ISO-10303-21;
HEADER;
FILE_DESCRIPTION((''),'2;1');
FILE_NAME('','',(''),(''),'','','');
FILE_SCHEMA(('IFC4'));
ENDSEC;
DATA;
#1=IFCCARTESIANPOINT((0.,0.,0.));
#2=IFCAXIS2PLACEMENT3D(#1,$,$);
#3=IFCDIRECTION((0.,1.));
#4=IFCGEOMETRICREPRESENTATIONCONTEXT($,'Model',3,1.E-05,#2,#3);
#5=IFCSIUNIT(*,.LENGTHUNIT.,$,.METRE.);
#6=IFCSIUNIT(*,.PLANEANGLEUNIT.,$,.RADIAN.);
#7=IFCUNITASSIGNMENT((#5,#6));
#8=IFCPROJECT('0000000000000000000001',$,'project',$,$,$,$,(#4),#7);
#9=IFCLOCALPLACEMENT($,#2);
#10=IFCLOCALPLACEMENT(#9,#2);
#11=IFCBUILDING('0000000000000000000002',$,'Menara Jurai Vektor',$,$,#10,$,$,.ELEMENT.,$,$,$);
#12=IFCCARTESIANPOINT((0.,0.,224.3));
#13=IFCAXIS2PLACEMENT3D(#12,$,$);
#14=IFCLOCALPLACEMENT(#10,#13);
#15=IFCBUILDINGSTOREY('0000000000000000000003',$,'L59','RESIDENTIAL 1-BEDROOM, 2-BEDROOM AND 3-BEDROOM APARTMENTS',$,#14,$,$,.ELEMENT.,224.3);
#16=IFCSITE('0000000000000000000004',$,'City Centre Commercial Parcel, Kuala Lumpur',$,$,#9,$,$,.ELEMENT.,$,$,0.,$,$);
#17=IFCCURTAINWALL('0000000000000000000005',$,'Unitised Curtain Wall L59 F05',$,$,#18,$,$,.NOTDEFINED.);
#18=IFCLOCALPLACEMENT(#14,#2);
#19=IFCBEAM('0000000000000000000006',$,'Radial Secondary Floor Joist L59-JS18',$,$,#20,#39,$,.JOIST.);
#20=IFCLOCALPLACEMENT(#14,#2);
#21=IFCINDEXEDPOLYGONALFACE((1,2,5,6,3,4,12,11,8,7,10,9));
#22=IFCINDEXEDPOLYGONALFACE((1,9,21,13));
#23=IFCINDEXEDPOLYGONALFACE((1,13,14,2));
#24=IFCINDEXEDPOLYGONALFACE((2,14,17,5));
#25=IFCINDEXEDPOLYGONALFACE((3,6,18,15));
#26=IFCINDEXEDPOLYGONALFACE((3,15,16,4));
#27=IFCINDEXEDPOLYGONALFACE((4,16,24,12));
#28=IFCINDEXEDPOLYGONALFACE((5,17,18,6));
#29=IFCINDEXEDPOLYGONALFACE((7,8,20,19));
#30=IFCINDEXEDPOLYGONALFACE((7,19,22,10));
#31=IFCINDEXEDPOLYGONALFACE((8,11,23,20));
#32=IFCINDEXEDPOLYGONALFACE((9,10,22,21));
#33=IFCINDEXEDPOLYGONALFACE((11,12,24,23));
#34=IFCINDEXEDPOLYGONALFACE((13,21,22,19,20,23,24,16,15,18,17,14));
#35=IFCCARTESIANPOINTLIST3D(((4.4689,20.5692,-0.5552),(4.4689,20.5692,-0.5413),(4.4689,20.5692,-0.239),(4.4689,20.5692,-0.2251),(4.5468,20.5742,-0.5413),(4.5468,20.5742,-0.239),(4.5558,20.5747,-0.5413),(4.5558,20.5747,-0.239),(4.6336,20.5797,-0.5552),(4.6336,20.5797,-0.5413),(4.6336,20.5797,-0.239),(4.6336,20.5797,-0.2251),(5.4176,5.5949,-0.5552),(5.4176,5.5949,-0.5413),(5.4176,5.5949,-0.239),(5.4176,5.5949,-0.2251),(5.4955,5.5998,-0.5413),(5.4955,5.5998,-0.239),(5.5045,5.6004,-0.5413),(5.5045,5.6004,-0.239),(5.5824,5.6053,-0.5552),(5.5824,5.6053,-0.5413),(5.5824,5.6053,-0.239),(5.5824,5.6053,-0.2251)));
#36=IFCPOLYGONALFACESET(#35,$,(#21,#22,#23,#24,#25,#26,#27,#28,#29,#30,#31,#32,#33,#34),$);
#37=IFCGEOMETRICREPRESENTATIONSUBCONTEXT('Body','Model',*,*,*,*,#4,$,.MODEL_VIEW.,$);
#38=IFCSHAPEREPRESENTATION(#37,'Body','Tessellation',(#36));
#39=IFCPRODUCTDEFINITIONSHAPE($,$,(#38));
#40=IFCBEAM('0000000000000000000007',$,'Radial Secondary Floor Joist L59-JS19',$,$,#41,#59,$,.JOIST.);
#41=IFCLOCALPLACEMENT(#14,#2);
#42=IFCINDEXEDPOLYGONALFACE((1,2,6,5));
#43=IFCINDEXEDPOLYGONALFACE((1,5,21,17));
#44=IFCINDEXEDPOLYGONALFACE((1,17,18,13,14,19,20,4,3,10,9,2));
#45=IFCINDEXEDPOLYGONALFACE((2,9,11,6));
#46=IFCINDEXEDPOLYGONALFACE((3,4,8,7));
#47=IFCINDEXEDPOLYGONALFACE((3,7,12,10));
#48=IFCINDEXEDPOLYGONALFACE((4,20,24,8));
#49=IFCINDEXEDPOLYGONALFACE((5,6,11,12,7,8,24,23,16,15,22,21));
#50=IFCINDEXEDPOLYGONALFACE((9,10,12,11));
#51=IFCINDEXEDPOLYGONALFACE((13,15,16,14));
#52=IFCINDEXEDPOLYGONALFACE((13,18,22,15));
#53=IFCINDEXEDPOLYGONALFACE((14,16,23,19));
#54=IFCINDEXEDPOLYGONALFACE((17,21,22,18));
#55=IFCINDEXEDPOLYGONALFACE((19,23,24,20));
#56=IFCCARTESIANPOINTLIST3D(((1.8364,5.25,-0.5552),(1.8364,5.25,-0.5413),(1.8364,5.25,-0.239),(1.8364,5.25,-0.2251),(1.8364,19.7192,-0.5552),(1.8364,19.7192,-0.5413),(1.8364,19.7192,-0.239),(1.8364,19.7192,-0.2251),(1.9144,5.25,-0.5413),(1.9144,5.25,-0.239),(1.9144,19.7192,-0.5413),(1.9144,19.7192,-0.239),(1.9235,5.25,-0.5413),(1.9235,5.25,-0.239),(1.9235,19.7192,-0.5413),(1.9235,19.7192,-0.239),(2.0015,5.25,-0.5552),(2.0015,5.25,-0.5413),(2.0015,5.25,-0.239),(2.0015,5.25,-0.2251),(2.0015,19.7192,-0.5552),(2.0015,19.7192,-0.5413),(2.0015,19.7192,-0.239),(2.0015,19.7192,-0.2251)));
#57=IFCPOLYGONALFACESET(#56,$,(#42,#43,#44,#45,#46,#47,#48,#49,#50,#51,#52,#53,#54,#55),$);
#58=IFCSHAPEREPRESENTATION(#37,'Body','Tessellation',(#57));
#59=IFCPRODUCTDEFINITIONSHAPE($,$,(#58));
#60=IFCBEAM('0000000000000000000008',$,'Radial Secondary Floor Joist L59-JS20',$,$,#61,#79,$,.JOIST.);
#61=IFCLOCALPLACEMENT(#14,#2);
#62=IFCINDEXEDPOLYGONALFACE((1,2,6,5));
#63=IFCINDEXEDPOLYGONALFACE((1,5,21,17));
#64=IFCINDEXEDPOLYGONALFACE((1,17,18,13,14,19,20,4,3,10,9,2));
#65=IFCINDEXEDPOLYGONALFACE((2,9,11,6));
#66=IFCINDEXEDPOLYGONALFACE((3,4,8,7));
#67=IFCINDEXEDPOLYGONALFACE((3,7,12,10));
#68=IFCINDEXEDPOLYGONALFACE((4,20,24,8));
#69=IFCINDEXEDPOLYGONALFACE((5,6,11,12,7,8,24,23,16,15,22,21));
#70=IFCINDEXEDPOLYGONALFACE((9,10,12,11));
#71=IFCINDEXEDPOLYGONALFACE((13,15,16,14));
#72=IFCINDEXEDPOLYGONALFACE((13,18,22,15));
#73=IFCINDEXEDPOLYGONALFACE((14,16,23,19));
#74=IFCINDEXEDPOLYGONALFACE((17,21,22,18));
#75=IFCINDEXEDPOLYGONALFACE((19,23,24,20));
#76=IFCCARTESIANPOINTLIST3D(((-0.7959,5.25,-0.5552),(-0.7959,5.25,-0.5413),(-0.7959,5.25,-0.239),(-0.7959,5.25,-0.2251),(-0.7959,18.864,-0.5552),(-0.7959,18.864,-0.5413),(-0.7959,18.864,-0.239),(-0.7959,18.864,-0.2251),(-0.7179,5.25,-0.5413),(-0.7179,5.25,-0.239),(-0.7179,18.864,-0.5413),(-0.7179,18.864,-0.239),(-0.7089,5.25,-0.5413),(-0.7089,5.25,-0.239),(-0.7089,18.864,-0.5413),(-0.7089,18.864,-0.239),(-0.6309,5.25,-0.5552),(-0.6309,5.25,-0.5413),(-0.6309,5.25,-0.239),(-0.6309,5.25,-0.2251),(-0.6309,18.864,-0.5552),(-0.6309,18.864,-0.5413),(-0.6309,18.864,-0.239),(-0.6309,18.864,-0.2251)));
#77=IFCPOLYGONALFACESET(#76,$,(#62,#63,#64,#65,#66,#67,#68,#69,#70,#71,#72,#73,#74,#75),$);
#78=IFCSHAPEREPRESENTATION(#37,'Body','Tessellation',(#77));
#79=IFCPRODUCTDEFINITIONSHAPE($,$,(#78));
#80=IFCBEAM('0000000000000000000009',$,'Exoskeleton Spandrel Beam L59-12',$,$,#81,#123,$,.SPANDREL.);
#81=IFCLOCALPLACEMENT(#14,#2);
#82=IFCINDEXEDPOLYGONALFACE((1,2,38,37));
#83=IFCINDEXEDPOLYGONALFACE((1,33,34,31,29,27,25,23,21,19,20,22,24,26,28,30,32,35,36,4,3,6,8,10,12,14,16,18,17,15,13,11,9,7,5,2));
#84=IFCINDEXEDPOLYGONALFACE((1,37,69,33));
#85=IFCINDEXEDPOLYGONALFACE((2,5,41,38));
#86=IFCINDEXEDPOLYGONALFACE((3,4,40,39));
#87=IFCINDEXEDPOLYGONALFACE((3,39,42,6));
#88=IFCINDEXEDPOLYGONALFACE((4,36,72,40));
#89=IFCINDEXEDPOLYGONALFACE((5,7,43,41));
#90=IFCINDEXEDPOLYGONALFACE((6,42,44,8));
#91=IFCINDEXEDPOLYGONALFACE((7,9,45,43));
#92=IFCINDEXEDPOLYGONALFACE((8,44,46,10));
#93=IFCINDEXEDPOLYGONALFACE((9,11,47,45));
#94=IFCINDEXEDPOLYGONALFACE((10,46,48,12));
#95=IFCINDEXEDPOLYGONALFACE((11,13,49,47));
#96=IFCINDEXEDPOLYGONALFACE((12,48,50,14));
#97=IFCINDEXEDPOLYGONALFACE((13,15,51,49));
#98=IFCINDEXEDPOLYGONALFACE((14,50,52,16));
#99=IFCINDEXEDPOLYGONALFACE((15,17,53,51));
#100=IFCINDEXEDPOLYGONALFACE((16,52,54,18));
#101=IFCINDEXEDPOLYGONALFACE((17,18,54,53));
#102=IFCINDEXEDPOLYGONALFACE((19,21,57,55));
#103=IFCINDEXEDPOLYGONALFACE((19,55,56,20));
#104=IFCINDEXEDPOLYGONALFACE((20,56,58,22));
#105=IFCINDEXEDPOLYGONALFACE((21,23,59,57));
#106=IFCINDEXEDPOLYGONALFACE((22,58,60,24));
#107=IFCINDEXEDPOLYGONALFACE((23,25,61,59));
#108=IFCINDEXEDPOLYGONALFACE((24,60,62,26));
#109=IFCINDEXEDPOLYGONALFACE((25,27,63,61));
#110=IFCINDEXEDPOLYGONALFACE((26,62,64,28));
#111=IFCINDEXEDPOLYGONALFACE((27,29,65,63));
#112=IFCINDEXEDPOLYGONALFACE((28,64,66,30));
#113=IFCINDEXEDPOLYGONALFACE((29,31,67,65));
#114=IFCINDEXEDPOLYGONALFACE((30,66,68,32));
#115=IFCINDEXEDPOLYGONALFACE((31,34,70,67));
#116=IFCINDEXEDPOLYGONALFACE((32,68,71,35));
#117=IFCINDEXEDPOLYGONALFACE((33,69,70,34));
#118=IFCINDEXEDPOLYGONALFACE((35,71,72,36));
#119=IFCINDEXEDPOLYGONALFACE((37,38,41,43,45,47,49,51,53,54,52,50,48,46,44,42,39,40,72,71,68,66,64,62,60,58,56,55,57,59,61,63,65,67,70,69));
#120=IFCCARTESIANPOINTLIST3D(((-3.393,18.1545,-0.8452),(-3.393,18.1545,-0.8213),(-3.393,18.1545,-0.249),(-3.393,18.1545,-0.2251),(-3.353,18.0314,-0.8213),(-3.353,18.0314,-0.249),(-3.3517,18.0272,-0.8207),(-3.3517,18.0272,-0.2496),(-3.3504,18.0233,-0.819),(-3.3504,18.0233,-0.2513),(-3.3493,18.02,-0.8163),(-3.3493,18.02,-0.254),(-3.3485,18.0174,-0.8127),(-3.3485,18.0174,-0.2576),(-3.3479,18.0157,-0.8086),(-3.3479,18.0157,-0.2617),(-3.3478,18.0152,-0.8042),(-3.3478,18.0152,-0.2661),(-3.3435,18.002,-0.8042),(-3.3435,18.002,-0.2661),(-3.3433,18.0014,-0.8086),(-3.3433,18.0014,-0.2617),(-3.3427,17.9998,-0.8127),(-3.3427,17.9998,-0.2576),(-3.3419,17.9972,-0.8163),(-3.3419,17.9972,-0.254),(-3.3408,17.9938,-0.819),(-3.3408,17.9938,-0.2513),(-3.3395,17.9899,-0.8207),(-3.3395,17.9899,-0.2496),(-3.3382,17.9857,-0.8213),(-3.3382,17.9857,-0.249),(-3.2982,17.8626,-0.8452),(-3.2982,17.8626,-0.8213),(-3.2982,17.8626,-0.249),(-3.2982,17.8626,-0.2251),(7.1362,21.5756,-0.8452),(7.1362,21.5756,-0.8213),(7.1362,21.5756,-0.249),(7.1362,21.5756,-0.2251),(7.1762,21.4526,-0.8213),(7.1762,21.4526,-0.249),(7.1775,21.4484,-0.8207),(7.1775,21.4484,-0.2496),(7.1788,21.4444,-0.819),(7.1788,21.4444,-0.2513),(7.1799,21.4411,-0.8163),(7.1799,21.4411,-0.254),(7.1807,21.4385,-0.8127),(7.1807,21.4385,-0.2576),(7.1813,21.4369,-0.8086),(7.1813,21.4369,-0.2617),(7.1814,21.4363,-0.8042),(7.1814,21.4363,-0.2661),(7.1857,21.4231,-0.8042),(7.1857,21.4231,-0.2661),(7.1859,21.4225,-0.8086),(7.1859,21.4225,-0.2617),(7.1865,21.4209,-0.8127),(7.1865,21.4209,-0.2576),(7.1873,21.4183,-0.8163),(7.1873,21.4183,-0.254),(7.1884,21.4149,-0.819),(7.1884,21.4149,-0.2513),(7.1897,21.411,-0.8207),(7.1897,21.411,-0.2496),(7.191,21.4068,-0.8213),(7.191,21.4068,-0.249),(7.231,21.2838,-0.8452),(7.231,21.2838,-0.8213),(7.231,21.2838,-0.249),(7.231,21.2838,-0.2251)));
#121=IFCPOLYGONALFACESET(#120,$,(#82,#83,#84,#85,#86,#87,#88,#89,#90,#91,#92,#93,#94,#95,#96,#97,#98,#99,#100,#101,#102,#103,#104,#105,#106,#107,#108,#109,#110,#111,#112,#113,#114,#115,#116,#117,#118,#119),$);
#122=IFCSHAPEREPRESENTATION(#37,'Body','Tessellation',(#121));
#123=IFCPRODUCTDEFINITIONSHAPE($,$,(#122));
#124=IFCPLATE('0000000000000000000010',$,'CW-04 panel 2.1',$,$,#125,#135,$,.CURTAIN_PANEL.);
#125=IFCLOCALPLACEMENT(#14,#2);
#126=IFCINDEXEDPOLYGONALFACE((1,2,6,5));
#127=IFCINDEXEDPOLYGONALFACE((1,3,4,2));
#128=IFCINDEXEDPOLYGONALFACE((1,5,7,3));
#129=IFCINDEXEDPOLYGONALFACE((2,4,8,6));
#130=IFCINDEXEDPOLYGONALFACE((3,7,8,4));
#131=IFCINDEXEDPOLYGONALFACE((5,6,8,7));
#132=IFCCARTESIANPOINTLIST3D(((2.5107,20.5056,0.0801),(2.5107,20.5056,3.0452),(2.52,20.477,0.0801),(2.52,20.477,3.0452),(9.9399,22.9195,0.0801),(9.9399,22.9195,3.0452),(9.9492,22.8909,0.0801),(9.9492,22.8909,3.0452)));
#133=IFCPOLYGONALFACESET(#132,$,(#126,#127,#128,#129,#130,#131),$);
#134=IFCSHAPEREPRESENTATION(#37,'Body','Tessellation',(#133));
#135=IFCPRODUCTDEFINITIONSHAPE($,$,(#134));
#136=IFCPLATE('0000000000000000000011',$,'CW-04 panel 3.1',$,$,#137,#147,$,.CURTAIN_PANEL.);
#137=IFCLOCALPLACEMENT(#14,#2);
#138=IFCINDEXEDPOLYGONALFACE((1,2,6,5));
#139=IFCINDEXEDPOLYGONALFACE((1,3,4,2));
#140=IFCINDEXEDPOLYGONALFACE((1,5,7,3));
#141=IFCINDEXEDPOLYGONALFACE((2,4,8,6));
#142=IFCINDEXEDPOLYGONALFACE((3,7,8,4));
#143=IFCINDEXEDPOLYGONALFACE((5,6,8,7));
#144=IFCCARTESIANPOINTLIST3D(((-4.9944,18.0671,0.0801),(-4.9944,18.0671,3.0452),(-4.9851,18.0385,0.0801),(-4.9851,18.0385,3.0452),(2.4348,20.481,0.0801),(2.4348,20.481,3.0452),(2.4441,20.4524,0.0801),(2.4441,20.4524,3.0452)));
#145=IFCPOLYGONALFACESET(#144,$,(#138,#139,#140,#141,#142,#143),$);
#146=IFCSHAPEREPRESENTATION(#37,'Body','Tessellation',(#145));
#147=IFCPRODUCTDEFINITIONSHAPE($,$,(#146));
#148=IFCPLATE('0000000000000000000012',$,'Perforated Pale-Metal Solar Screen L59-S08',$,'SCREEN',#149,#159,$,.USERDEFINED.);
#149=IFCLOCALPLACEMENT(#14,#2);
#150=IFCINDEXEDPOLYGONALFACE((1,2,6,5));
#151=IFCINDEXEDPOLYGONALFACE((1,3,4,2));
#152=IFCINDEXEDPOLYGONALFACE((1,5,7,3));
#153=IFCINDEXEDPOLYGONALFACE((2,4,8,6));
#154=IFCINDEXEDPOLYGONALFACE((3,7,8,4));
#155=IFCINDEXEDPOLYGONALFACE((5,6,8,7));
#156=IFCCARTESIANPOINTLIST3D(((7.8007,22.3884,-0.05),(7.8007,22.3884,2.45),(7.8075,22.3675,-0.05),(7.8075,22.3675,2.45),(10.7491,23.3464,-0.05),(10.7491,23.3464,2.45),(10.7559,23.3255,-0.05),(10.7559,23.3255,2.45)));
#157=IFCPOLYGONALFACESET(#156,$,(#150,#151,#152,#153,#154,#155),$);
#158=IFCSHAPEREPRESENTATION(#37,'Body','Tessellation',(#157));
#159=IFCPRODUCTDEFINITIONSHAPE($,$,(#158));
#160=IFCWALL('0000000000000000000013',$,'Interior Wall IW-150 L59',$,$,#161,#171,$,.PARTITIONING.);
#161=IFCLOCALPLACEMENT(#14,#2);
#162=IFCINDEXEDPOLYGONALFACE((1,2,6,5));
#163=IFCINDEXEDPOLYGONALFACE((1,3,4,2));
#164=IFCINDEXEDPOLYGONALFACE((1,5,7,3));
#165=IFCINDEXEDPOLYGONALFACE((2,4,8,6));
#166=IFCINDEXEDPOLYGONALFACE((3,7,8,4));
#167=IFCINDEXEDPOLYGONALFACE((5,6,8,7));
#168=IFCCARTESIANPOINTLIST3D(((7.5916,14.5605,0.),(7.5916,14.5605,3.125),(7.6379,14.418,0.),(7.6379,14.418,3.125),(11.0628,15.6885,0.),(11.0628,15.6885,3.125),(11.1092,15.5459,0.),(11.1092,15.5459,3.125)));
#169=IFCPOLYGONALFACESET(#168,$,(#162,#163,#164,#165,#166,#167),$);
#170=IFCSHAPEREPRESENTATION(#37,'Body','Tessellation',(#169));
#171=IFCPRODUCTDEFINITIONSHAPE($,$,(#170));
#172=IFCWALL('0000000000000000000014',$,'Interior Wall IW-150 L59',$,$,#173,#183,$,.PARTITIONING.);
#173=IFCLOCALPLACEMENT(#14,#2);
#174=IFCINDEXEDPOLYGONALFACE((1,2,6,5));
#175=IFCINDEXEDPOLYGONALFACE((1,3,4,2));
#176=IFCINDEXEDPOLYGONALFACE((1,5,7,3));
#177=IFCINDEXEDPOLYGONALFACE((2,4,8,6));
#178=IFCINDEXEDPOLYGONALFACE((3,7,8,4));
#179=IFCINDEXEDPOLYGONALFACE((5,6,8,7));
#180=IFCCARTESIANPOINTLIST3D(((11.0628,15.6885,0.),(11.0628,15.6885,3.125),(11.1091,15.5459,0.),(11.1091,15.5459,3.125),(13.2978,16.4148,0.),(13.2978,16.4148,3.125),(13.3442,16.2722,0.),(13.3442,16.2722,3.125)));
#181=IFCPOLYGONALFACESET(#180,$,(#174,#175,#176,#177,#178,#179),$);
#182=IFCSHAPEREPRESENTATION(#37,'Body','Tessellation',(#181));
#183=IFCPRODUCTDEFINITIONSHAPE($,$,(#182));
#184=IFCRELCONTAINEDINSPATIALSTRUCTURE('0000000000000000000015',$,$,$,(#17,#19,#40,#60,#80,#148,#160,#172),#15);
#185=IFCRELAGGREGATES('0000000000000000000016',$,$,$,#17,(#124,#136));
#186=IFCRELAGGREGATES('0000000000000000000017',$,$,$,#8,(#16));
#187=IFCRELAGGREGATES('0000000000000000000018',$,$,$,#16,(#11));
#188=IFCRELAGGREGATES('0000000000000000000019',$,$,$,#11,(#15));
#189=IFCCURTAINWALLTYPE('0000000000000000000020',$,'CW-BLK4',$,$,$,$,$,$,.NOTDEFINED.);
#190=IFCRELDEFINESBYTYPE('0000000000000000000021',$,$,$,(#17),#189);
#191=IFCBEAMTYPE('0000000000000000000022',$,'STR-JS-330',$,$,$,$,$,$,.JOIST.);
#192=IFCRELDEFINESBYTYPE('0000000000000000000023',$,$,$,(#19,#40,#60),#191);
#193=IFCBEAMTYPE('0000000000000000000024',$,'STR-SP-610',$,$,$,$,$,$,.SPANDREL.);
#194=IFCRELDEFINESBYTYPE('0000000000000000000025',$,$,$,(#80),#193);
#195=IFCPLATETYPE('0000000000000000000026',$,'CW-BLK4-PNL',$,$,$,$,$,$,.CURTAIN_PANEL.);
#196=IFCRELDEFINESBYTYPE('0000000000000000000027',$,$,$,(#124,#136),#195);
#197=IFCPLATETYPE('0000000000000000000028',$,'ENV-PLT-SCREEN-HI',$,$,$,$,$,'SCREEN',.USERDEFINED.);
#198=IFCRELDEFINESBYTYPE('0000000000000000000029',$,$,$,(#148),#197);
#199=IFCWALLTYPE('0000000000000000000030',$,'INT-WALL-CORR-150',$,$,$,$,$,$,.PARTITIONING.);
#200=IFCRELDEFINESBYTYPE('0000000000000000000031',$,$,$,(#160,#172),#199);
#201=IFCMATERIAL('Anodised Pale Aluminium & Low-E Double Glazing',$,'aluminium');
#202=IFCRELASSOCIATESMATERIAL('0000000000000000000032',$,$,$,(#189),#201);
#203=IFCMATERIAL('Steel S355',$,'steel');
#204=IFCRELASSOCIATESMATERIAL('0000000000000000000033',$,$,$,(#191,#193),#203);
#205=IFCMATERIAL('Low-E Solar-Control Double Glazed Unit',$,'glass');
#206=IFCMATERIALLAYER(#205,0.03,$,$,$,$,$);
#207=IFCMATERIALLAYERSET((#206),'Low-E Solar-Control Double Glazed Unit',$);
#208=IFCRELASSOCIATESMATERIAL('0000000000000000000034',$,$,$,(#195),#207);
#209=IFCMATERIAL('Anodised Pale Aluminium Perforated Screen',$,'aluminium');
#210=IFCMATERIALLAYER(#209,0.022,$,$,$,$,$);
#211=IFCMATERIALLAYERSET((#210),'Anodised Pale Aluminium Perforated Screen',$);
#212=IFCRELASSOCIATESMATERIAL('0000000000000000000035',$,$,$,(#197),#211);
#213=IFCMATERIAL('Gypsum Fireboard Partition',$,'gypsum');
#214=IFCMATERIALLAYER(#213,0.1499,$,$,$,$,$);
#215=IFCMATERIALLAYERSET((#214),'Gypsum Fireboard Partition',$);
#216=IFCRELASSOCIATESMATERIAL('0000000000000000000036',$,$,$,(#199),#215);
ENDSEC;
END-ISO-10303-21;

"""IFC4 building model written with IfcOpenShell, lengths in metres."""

from ifc_helpers import new_model, si_unit, direction, frame, frame_2d, origin, origin_2d, place, context, subcontext, project, spatial, rectangle, i_section, extrude, material, layer, layer_set, material_profile, profile_set, type_object, element, aggregate, save


model = new_model("IFC4")

# Units and contexts
model_context = context("Model", 3, precision=1e-05, world=origin(), true_north=direction((0.0, 1.0)))
body_context = subcontext(model_context, "Body", "Model", "MODEL_VIEW")
ifc_project = project(units=[si_unit("LENGTHUNIT", "METRE"), si_unit("PLANEANGLEUNIT", "RADIAN")], contexts=[model_context])

# Site, building, storey
site_placement = place(None, origin())
site = spatial("IfcSite", under=ifc_project, at=site_placement, Name="City Centre Commercial Parcel, Kuala Lumpur", CompositionType="ELEMENT", RefElevation=0.0)
building_placement = place(site_placement, origin())
building = spatial("IfcBuilding", under=site, at=building_placement, Name="Menara Jurai Vektor", CompositionType="ELEMENT")
storey_placement = place(building_placement, frame((0.0, 0.0, 224.3)))
storey = spatial("IfcBuildingStorey", under=building, at=storey_placement, Name="L59", Description="RESIDENTIAL 1-BEDROOM, 2-BEDROOM AND 3-BEDROOM APARTMENTS", CompositionType="ELEMENT", Elevation=224.3)

# Curtain wall
ifc_material_1 = material(Name="Anodised Pale Aluminium & Low-E Double Glazing", Category="aluminium")
curtain_wall_type = type_object("IfcCurtainWallType", Name="CW-BLK4", PredefinedType="NOTDEFINED", material=ifc_material_1)
curtain_wall_placement = place(storey_placement, origin())
curtain_wall = element("IfcCurtainWall", 1, at=curtain_wall_placement, inside=storey, type_object=curtain_wall_type, Name="Unitised Curtain Wall L59 F05", PredefinedType="NOTDEFINED")

# Beams
ifc_material_2 = material(Name="Steel S355", Category="steel")
ifc_material_profile_1 = material_profile(ifc_material_2, i_section(OverallWidth=0.165, OverallDepth=0.3301, WebThickness=0.009, FlangeThickness=0.0139, at=origin_2d()), Name="PG 330x165x46")
ifc_profile_set_1 = profile_set([ifc_material_profile_1], Name="Steel S355")
beam_type_1 = type_object("IfcBeamType", Name="STR-JS-330", PredefinedType="JOIST", material=ifc_profile_set_1)
beam_1_placement = place(storey_placement, frame((4.5513, 20.5745, -0.3901), z_axis=(0.06323, -0.997999, 0.0), x_axis=(0.997999, 0.06323, 0.0)))
element("IfcBeam", 2, at=beam_1_placement, inside=storey, type_object=beam_type_1, Name="Radial Secondary Floor Joist L59-JS18", PredefinedType="JOIST", context=body_context, shape_type="SweptSolid", body=[
    extrude(i_section(OverallWidth=0.165, OverallDepth=0.3301, WebThickness=0.009, FlangeThickness=0.0139, at=origin_2d()), origin(), (0.0, 0.0, 1.0), 15.0044),
])
beam_2_placement = place(storey_placement, frame((1.9189, 19.7192, -0.3901), z_axis=(0.0, -1.0, 0.0), x_axis=(1.0, 0.0, 0.0)))
element("IfcBeam", 3, at=beam_2_placement, inside=storey, type_object=beam_type_1, Name="Radial Secondary Floor Joist L59-JS19", PredefinedType="JOIST", context=body_context, shape_type="SweptSolid", body=[
    extrude(i_section(OverallWidth=0.165, OverallDepth=0.3301, WebThickness=0.009, FlangeThickness=0.0139, at=origin_2d()), origin(), (0.0, 0.0, 1.0), 14.4692),
])
beam_3_placement = place(storey_placement, frame((-0.7134, 18.864, -0.3901), z_axis=(0.0, -1.0, 0.0), x_axis=(1.0, 0.0, 0.0)))
element("IfcBeam", 4, at=beam_3_placement, inside=storey, type_object=beam_type_1, Name="Radial Secondary Floor Joist L59-JS20", PredefinedType="JOIST", context=body_context, shape_type="SweptSolid", body=[
    extrude(i_section(OverallWidth=0.165, OverallDepth=0.3301, WebThickness=0.009, FlangeThickness=0.0139, at=origin_2d()), origin(), (0.0, 0.0, 1.0), 13.614),
])
ifc_material_profile_2 = material_profile(ifc_material_2, i_section(OverallWidth=0.3069, OverallDepth=0.6201, WebThickness=0.0139, FlangeThickness=0.0239, FilletRadius=0.0171, at=origin_2d()), Name="UKB 610x305x179")
ifc_profile_set_2 = profile_set([ifc_material_profile_2], Name="Steel S355")
beam_type_2 = type_object("IfcBeamType", Name="STR-SP-610", PredefinedType="SPANDREL", material=ifc_profile_set_2)
beam_4_placement = place(storey_placement, frame((7.1836, 21.4297, -0.5352), z_axis=(-0.951057, -0.309014, 0.0), x_axis=(0.309014, -0.951057, 0.0)))
element("IfcBeam", 5, at=beam_4_placement, inside=storey, type_object=beam_type_2, Name="Exoskeleton Spandrel Beam L59-12", PredefinedType="SPANDREL", context=body_context, shape_type="SweptSolid", body=[
    extrude(i_section(OverallWidth=0.3069, OverallDepth=0.6201, WebThickness=0.0139, FlangeThickness=0.0239, FilletRadius=0.0171, at=origin_2d()), origin(), (0.0, 0.0, 1.0), 11.071),
])

# Plates
ifc_material_3 = material(Name="Low-E Solar-Control Double Glazed Unit", Category="glass")
ifc_layer_1 = layer(ifc_material_3, 0.03)
ifc_layer_set_1 = layer_set([ifc_layer_1], Name="Low-E Solar-Control Double Glazed Unit")
plate_type_1 = type_object("IfcPlateType", Name="CW-BLK4-PNL", PredefinedType="CURTAIN_PANEL", material=ifc_layer_set_1)
plate_1_placement = place(storey_placement, frame((6.23, 21.6982, 0.0801), z_axis=(0.0, 0.0, 1.0), x_axis=(-0.951056, -0.309017, 0.0)))
plate_1 = element("IfcPlate", 6, at=plate_1_placement, type_object=plate_type_1, Name="CW-04 panel 2.1", PredefinedType="CURTAIN_PANEL", context=body_context, shape_type="SweptSolid", body=[
    extrude(rectangle(XDim=7.8115, YDim=0.03, at=origin_2d()), origin(), (0.0, 0.0, 1.0), 2.9651),
])
plate_2_placement = place(storey_placement, frame((-1.2751, 19.2598, 0.0801), z_axis=(0.0, 0.0, 1.0), x_axis=(-0.951056, -0.309017, 0.0)))
plate_2 = element("IfcPlate", 7, at=plate_2_placement, type_object=plate_type_1, Name="CW-04 panel 3.1", PredefinedType="CURTAIN_PANEL", context=body_context, shape_type="SweptSolid", body=[
    extrude(rectangle(XDim=7.8115, YDim=0.03, at=origin_2d()), origin(), (0.0, 0.0, 1.0), 2.9651),
])
aggregate(curtain_wall, [plate_1, plate_2])
ifc_material_4 = material(Name="Anodised Pale Aluminium Perforated Screen", Category="aluminium")
ifc_layer_2 = layer(ifc_material_4, 0.022)
ifc_layer_set_2 = layer_set([ifc_layer_2], Name="Anodised Pale Aluminium Perforated Screen")
plate_type_2 = type_object("IfcPlateType", Name="ENV-PLT-SCREEN-HI", ElementType="SCREEN", PredefinedType="USERDEFINED", material=ifc_layer_set_2)
plate_3_placement = place(storey_placement, frame((9.2783, 22.8569, -0.05), z_axis=(0.0, 0.0, 1.0), x_axis=(-0.951057, -0.309017, 0.0)))
element("IfcPlate", 8, at=plate_3_placement, inside=storey, type_object=plate_type_2, Name="Perforated Pale-Metal Solar Screen L59-S08", ObjectType="SCREEN", PredefinedType="USERDEFINED", context=body_context, shape_type="SweptSolid", body=[
    extrude(rectangle(XDim=3.1001, YDim=0.022, at=origin_2d()), origin(), (0.0, 0.0, 1.0), 2.5),
])

# Walls
ifc_material_5 = material(Name="Gypsum Fireboard Partition", Category="gypsum")
ifc_layer_3 = layer(ifc_material_5, 0.1499)
ifc_layer_set_3 = layer_set([ifc_layer_3], Name="Gypsum Fireboard Partition")
wall_type_1 = type_object("IfcWallType", Name="INT-WALL-CORR-150", PredefinedType="PARTITIONING", material=ifc_layer_set_3)
wall_1_placement = place(storey_placement, frame((7.6147, 14.4893, 0.0), z_axis=(0.0, 0.0, 1.0), x_axis=(0.951051, 0.309035, 0.0)))
element("IfcWall", 9, at=wall_1_placement, inside=storey, type_object=wall_type_1, Name="Interior Wall IW-150 L59", PredefinedType="PARTITIONING", context=body_context, shape_type="SweptSolid", body=[
    extrude(rectangle(XDim=3.6499, YDim=0.1499, at=frame_2d((1.825, 0.0))), origin(), (0.0, 0.0, 1.0), 3.125),
])
wall_2_placement = place(storey_placement, frame((11.0859, 15.6172, 0.0), z_axis=(0.0, 0.0, 1.0), x_axis=(0.951046, 0.309051, 0.0)))
element("IfcWall", 10, at=wall_2_placement, inside=storey, type_object=wall_type_1, Name="Interior Wall IW-150 L59", PredefinedType="PARTITIONING", context=body_context, shape_type="SweptSolid", body=[
    extrude(rectangle(XDim=2.3501, YDim=0.1499, at=frame_2d((1.175, 0.0))), origin(), (0.0, 0.0, 1.0), 3.125),
])

save(model, "model.ifc")
